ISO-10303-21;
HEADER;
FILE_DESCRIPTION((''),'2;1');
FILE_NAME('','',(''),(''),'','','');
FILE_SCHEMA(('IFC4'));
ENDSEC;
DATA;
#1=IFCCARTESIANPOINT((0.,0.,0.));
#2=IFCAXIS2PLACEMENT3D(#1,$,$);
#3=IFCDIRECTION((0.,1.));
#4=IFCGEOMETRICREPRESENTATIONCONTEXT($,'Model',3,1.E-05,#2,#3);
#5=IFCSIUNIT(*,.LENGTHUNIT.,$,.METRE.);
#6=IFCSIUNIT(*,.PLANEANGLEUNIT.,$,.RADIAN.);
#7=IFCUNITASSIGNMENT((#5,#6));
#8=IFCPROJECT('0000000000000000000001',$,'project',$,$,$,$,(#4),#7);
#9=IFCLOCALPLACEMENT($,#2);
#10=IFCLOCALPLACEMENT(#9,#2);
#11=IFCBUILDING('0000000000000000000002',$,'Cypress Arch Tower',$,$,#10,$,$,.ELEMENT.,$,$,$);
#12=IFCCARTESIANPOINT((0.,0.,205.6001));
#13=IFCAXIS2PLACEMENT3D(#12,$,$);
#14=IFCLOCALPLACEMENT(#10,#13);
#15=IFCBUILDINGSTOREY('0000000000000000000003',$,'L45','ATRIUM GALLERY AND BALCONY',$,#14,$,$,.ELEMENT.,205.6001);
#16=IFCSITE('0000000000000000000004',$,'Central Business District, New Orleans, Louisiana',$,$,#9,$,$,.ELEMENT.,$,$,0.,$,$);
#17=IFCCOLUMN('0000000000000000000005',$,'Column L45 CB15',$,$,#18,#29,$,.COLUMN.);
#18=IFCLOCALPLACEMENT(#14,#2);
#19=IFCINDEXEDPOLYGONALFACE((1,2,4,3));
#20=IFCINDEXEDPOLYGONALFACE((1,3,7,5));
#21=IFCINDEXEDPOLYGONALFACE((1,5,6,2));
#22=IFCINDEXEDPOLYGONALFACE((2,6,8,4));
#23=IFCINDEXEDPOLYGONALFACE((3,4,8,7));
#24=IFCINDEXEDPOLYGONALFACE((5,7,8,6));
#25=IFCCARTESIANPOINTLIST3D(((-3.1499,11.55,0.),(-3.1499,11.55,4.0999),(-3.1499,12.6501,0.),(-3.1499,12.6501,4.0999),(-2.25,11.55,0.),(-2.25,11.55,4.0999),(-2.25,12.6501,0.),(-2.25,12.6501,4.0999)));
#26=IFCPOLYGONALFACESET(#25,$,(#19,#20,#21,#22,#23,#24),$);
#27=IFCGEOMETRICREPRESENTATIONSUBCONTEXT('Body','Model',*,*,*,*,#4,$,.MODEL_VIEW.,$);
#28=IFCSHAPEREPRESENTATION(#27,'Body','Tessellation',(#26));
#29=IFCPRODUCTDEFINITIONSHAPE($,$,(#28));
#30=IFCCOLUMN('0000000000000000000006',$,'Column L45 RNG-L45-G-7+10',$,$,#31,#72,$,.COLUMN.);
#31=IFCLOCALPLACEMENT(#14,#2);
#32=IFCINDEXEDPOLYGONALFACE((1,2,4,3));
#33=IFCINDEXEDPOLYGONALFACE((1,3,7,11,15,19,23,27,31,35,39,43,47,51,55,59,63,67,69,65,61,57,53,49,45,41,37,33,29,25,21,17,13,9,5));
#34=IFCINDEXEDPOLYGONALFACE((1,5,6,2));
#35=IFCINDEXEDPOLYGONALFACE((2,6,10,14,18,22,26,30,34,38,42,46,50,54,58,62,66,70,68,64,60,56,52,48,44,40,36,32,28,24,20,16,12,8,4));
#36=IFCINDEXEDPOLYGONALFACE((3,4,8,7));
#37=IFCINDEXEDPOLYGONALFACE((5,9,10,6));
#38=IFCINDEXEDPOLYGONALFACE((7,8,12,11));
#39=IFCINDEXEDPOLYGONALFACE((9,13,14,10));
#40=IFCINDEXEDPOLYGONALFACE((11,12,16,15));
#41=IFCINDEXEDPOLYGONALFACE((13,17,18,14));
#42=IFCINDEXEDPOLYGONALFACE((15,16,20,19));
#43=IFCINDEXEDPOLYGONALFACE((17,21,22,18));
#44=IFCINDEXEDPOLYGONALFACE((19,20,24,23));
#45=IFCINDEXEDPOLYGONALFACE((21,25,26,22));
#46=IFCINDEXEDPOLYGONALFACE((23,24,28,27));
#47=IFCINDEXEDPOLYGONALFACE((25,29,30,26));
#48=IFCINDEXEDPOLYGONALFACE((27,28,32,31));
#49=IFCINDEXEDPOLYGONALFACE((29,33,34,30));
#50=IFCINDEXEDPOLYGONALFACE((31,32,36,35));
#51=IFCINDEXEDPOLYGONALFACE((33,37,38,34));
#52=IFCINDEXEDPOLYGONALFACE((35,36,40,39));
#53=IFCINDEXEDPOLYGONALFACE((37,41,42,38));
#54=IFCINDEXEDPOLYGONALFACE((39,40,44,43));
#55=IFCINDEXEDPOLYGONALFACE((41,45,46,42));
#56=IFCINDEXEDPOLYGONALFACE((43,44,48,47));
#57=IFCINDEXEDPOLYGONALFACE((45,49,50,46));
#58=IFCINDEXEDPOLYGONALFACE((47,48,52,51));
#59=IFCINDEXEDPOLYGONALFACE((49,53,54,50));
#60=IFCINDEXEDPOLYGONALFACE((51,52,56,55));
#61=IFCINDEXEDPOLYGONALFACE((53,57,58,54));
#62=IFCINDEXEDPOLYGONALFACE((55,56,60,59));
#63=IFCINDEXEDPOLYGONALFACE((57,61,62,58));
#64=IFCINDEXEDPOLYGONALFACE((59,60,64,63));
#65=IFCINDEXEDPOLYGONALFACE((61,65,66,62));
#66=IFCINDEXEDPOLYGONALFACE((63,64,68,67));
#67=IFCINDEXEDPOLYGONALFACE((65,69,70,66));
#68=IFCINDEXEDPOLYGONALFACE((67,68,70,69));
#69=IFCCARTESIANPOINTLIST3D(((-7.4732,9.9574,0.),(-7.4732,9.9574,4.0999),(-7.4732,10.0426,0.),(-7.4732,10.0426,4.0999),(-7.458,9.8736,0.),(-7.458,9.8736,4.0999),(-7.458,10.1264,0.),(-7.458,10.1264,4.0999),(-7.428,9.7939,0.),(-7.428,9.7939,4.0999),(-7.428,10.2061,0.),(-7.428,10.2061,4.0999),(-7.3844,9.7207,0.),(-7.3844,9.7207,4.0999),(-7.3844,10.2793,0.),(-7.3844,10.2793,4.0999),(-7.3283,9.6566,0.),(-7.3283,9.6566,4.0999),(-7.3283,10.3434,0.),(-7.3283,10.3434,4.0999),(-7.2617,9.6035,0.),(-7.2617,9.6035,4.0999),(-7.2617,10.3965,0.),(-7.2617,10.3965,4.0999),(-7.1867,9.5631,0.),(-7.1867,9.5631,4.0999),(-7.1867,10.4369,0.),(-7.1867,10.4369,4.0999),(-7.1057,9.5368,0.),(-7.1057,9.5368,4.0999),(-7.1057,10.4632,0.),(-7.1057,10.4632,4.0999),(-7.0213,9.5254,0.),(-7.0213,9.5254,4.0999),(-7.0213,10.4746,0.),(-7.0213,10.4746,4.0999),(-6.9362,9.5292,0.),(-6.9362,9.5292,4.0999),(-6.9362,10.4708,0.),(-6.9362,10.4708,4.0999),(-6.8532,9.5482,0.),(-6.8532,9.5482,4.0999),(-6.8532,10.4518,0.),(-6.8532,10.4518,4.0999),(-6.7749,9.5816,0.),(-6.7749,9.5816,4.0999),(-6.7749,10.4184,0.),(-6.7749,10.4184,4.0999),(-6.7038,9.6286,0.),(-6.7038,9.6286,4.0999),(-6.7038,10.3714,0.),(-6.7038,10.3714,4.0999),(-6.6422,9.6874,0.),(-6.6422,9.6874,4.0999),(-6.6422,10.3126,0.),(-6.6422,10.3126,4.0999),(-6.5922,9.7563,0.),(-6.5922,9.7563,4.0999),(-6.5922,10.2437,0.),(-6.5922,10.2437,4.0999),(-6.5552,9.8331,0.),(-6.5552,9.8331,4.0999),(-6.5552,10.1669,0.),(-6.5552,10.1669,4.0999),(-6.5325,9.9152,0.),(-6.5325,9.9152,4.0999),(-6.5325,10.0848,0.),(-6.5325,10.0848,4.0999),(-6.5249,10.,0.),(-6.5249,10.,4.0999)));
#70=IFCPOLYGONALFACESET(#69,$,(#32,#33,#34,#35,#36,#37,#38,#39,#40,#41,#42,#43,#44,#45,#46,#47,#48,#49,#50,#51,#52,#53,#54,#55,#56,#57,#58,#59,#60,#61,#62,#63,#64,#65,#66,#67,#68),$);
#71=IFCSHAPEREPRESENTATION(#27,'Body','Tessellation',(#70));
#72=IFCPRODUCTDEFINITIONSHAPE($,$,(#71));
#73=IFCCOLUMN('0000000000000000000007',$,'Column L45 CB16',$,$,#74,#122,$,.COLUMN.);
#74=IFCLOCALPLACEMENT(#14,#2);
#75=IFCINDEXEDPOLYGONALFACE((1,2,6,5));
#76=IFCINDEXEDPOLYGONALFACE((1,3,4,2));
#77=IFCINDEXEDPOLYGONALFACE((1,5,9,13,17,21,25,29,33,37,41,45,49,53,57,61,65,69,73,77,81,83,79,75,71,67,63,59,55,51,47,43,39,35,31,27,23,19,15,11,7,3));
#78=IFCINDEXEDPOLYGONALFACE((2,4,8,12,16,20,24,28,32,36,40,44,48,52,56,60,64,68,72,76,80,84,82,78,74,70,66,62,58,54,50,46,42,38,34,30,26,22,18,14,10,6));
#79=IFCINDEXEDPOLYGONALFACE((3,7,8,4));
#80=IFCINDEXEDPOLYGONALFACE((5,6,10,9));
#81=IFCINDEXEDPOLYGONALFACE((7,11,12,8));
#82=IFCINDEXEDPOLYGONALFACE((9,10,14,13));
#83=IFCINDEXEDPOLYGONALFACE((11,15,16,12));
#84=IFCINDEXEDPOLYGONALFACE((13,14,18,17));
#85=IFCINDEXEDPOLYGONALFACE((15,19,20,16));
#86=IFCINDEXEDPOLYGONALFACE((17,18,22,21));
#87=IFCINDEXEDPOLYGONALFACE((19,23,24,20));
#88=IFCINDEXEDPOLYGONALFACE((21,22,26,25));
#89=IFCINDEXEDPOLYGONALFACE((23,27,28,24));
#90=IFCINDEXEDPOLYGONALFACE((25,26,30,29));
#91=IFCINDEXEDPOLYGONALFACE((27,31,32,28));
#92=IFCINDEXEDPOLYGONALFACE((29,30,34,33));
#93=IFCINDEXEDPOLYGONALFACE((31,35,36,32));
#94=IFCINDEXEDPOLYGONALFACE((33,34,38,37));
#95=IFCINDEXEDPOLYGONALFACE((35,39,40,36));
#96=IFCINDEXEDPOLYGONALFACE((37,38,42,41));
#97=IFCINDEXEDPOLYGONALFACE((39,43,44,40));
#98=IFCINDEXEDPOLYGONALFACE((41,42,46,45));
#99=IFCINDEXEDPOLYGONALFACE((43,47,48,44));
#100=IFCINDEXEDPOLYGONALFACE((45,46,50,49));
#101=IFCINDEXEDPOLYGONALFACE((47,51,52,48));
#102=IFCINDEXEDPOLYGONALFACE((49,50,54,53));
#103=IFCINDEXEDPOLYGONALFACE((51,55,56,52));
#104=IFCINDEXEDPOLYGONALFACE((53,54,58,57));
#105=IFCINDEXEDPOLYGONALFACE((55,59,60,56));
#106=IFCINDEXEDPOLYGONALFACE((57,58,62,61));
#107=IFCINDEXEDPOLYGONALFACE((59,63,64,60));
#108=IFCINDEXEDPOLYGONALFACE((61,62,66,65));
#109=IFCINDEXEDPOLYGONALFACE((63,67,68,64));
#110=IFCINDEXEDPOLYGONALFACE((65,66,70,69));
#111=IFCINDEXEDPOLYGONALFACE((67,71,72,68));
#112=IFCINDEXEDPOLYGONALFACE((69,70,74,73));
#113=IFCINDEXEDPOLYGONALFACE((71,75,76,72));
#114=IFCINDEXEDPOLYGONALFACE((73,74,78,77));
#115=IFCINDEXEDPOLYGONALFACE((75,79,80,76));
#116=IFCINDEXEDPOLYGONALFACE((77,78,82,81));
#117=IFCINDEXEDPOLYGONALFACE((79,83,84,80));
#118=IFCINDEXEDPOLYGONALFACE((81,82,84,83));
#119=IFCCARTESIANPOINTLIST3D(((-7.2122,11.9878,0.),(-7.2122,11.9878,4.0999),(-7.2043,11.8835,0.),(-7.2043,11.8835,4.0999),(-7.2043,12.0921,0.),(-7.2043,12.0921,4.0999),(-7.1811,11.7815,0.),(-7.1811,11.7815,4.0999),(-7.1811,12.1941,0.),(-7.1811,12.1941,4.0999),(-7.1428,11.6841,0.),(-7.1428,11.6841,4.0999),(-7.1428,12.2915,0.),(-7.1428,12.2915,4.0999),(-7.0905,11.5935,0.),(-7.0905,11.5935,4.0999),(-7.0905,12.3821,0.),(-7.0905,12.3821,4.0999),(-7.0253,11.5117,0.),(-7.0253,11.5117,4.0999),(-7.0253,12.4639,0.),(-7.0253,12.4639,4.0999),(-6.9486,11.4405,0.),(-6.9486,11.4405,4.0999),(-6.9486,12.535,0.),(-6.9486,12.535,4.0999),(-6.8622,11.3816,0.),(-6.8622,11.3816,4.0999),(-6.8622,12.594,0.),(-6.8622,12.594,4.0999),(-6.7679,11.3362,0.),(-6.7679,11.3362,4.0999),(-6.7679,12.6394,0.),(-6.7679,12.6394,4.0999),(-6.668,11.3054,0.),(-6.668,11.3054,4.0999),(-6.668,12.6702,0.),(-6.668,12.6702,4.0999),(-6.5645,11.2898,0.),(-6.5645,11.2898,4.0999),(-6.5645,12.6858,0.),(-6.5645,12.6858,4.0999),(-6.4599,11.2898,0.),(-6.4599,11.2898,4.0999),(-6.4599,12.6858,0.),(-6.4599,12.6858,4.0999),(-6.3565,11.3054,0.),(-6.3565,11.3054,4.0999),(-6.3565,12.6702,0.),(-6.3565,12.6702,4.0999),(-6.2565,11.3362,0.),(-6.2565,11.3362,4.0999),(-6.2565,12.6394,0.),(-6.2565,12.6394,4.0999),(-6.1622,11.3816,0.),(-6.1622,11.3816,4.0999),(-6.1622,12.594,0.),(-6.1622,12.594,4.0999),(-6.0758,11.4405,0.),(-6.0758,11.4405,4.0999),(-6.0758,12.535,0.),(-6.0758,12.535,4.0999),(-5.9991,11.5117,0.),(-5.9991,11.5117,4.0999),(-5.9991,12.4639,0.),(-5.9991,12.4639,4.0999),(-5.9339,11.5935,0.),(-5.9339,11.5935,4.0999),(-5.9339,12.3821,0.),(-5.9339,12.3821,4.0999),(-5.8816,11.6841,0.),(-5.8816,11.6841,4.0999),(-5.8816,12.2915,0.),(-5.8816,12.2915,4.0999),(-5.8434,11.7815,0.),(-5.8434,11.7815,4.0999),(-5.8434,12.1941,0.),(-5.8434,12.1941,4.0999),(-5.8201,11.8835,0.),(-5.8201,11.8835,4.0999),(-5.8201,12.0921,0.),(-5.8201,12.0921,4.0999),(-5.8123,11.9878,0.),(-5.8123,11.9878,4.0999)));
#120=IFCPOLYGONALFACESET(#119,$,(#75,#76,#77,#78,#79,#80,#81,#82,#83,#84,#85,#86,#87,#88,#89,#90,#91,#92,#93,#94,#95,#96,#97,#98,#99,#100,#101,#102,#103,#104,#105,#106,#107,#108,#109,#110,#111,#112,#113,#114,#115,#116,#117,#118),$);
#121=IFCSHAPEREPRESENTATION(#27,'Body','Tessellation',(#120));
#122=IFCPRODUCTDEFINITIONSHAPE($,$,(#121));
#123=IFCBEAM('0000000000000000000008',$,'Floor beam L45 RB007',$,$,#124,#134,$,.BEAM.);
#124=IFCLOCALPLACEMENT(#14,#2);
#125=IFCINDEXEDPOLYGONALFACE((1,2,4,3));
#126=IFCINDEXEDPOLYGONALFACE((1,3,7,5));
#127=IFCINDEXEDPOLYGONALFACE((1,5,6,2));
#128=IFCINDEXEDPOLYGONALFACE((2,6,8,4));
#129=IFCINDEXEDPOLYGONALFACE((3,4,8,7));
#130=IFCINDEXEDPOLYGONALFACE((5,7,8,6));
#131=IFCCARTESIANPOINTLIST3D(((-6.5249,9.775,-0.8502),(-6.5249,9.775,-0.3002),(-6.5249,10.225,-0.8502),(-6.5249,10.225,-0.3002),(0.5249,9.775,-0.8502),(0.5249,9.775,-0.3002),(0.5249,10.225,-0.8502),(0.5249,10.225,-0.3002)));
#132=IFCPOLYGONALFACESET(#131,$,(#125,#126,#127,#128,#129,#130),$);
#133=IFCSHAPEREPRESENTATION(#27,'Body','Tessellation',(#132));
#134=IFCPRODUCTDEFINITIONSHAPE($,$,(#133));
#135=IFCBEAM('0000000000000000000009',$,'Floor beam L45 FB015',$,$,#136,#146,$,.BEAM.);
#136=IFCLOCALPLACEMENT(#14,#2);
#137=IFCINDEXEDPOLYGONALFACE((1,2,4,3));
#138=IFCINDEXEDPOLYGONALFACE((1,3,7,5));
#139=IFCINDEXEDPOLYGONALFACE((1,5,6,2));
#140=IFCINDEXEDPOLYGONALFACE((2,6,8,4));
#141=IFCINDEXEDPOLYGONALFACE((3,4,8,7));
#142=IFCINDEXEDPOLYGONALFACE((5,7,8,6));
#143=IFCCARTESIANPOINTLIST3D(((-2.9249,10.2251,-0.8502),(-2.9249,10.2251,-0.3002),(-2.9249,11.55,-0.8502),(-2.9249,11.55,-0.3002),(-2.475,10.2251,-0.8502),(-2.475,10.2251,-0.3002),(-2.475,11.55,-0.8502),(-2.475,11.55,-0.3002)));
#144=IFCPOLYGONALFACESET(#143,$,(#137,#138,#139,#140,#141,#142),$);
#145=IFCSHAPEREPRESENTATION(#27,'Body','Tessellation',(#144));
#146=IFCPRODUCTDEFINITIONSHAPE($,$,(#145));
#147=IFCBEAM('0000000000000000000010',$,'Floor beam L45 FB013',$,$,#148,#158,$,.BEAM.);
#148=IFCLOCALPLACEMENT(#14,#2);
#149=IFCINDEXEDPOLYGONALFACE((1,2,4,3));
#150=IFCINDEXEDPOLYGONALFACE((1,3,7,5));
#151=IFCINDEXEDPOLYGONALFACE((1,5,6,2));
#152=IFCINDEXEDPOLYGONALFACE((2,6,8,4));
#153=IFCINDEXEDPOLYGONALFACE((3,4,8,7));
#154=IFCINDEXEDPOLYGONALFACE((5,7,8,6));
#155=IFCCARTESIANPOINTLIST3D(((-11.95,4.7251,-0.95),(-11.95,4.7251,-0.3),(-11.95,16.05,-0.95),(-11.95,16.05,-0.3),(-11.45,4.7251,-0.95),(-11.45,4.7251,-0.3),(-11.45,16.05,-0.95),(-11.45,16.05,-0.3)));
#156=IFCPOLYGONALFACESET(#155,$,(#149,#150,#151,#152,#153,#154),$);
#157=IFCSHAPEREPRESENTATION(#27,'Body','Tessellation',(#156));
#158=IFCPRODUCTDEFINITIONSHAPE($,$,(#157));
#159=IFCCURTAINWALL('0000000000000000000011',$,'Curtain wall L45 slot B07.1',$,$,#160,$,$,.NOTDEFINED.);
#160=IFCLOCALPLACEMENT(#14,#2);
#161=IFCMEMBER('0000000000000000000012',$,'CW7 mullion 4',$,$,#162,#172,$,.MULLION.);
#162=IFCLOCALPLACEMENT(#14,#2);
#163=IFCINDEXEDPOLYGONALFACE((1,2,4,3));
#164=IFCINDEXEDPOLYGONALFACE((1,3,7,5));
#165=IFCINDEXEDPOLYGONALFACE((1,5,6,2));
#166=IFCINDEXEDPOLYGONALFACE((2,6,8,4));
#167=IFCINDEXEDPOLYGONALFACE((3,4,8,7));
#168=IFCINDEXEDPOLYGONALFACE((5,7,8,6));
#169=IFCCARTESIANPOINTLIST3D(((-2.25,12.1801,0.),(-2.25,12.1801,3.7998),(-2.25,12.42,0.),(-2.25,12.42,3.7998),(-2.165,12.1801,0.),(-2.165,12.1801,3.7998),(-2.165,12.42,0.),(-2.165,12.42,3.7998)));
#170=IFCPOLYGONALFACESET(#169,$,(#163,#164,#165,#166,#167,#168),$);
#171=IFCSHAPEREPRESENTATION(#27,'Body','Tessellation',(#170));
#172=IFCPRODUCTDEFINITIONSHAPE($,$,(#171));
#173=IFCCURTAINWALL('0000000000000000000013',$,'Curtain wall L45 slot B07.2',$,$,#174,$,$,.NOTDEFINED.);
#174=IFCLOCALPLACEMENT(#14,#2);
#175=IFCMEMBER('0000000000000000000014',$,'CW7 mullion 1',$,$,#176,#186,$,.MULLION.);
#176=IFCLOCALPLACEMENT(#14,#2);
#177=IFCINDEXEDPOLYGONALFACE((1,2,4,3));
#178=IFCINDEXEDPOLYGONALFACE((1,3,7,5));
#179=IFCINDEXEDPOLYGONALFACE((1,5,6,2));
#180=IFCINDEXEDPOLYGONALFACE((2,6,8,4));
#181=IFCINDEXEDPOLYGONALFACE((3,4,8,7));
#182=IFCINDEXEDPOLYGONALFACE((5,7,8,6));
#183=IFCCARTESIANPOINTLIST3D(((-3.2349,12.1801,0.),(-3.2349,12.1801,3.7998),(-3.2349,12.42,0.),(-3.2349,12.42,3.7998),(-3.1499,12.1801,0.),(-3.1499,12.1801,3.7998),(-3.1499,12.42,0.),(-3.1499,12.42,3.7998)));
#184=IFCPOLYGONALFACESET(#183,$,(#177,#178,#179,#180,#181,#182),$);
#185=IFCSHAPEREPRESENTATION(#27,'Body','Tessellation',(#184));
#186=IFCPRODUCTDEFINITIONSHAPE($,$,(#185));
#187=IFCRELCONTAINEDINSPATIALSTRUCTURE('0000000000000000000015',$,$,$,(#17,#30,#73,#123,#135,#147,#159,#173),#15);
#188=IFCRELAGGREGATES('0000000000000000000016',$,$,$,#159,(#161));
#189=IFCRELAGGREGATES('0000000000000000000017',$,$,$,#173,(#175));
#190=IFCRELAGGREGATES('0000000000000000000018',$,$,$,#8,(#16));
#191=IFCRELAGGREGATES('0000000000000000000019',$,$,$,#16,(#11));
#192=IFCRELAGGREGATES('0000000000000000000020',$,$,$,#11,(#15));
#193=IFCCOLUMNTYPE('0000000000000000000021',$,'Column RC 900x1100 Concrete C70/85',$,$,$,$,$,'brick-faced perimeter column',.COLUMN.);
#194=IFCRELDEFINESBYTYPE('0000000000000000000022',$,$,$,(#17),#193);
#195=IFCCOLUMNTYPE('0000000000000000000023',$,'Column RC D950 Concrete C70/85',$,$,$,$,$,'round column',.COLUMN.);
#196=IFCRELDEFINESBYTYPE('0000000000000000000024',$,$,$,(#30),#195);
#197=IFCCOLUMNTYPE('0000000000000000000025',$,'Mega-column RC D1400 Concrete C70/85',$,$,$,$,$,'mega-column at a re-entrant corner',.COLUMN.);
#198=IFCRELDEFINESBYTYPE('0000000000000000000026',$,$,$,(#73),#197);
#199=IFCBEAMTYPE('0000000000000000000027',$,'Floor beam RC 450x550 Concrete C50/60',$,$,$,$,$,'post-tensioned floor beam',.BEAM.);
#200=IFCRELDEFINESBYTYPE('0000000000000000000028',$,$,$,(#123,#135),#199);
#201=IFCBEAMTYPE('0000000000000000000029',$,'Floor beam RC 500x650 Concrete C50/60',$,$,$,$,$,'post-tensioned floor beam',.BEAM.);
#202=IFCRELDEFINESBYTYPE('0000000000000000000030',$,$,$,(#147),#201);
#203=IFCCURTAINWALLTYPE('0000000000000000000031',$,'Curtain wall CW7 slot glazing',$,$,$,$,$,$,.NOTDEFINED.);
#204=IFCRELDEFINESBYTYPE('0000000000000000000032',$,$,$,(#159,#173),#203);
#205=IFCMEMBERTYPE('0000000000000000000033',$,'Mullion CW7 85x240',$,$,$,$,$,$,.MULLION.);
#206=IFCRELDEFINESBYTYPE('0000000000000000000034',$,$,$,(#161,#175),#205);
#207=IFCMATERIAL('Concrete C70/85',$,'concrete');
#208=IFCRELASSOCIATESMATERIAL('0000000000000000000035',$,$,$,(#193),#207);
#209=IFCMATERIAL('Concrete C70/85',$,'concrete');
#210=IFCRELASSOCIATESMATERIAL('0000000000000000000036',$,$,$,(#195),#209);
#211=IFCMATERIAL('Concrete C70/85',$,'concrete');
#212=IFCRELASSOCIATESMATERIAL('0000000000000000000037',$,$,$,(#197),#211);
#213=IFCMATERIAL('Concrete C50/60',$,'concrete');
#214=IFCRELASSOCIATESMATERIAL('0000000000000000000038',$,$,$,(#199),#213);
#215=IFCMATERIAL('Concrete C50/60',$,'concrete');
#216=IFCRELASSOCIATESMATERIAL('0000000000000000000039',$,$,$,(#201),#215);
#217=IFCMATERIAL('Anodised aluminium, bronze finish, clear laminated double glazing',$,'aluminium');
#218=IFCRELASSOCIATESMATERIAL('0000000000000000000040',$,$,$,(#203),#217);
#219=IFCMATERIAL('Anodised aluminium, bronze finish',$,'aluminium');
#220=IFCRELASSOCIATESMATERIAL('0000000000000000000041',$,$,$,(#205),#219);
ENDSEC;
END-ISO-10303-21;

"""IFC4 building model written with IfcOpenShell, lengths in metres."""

from ifc_helpers import new_model, si_unit, direction, frame, origin, origin_2d, place, context, subcontext, project, spatial, rectangle, circle, extrude, material, material_profile, profile_set, type_object, element, aggregate, save


model = new_model("IFC4")

# Units and contexts
model_context = context("Model", 3, precision=1e-05, world=origin(), true_north=direction((0.0, 1.0)))
body_context = subcontext(model_context, "Body", "Model", "MODEL_VIEW")
ifc_project = project(units=[si_unit("LENGTHUNIT", "METRE"), si_unit("PLANEANGLEUNIT", "RADIAN")], contexts=[model_context])

# Site, building, storey
site_placement = place(None, origin())
site = spatial("IfcSite", under=ifc_project, at=site_placement, Name="Central Business District, New Orleans, Louisiana", CompositionType="ELEMENT", RefElevation=0.0)
building_placement = place(site_placement, origin())
building = spatial("IfcBuilding", under=site, at=building_placement, Name="Cypress Arch Tower", CompositionType="ELEMENT")
storey_placement = place(building_placement, frame((0.0, 0.0, 205.6001)))
storey = spatial("IfcBuildingStorey", under=building, at=storey_placement, Name="L45", Description="ATRIUM GALLERY AND BALCONY", CompositionType="ELEMENT", Elevation=205.6001)

# Columns
ifc_material_1 = material(Name="Concrete C70/85", Category="concrete")
ifc_material_profile_1 = material_profile(ifc_material_1, rectangle(XDim=0.8999, YDim=1.1001, at=origin_2d()), Name="RC 900x1100")
ifc_profile_set_1 = profile_set([ifc_material_profile_1], Name="Concrete C70/85")
column_type_1 = type_object("IfcColumnType", Name="Column RC 900x1100 Concrete C70/85", ElementType="brick-faced perimeter column", PredefinedType="COLUMN", material=ifc_profile_set_1)
column_1_placement = place(storey_placement, frame((-2.7, 12.1001, 0.0), z_axis=(0.0, 0.0, 1.0), x_axis=(-1.0, 0.0, 0.0)))
element("IfcColumn", 1, at=column_1_placement, inside=storey, type_object=column_type_1, Name="Column L45 CB15", PredefinedType="COLUMN", context=body_context, shape_type="SweptSolid", body=[
    extrude(rectangle(XDim=0.8999, YDim=1.1001, at=origin_2d()), origin(), (0.0, 0.0, 1.0), 4.0999),
])
ifc_material_2 = material(Name="Concrete C70/85", Category="concrete")
ifc_material_profile_2 = material_profile(ifc_material_2, circle(Radius=0.4751, at=origin_2d()), Name="RC D950")
ifc_profile_set_2 = profile_set([ifc_material_profile_2], Name="Concrete C70/85")
column_type_2 = type_object("IfcColumnType", Name="Column RC D950 Concrete C70/85", ElementType="round column", PredefinedType="COLUMN", material=ifc_profile_set_2)
column_2_placement = place(storey_placement, frame((-7.0, 10.0, 0.0), z_axis=(0.0, 0.0, 1.0), x_axis=(1.0, 0.0, 0.0)))
element("IfcColumn", 2, at=column_2_placement, inside=storey, type_object=column_type_2, Name="Column L45 RNG-L45-G-7+10", PredefinedType="COLUMN", context=body_context, shape_type="SweptSolid", body=[
    extrude(circle(Radius=0.4751, at=origin_2d()), origin(), (0.0, 0.0, 1.0), 4.0999),
])
ifc_material_3 = material(Name="Concrete C70/85", Category="concrete")
ifc_material_profile_3 = material_profile(ifc_material_3, circle(Radius=0.7, at=origin_2d()), Name="RC D1400")
ifc_profile_set_3 = profile_set([ifc_material_profile_3], Name="Concrete C70/85")
column_type_3 = type_object("IfcColumnType", Name="Mega-column RC D1400 Concrete C70/85", ElementType="mega-column at a re-entrant corner", PredefinedType="COLUMN", material=ifc_profile_set_3)
column_3_placement = place(storey_placement, frame((-6.5122, 11.9878, 0.0), z_axis=(0.0, 0.0, 1.0), x_axis=(1.0, 0.0, 0.0)))
element("IfcColumn", 3, at=column_3_placement, inside=storey, type_object=column_type_3, Name="Column L45 CB16", PredefinedType="COLUMN", context=body_context, shape_type="SweptSolid", body=[
    extrude(circle(Radius=0.7, at=origin_2d()), origin(), (0.0, 0.0, 1.0), 4.0999),
])

# Beams
ifc_material_4 = material(Name="Concrete C50/60", Category="concrete")
ifc_material_profile_4 = material_profile(ifc_material_4, rectangle(XDim=0.45, YDim=0.55, at=origin_2d()), Name="RC 450x550")
ifc_profile_set_4 = profile_set([ifc_material_profile_4], Name="Concrete C50/60")
beam_type_1 = type_object("IfcBeamType", Name="Floor beam RC 450x550 Concrete C50/60", ElementType="post-tensioned floor beam", PredefinedType="BEAM", material=ifc_profile_set_4)
beam_1_placement = place(storey_placement, frame((-6.5249, 10.0, -0.5752), z_axis=(1.0, 0.0, 0.0), x_axis=(0.0, 1.0, 0.0)))
element("IfcBeam", 4, at=beam_1_placement, inside=storey, type_object=beam_type_1, Name="Floor beam L45 RB007", PredefinedType="BEAM", context=body_context, shape_type="SweptSolid", body=[
    extrude(rectangle(XDim=0.45, YDim=0.55, at=origin_2d()), origin(), (0.0, 0.0, 1.0), 7.0498),
])
beam_2_placement = place(storey_placement, frame((-2.7, 10.2251, -0.5752), z_axis=(0.0, 1.0, 0.0), x_axis=(-1.0, 0.0, 0.0)))
element("IfcBeam", 5, at=beam_2_placement, inside=storey, type_object=beam_type_1, Name="Floor beam L45 FB015", PredefinedType="BEAM", context=body_context, shape_type="SweptSolid", body=[
    extrude(rectangle(XDim=0.45, YDim=0.55, at=origin_2d()), origin(), (0.0, 0.0, 1.0), 1.325),
])
ifc_material_5 = material(Name="Concrete C50/60", Category="concrete")
ifc_material_profile_5 = material_profile(ifc_material_5, rectangle(XDim=0.5, YDim=0.6499, at=origin_2d()), Name="RC 500x650")
ifc_profile_set_5 = profile_set([ifc_material_profile_5], Name="Concrete C50/60")
beam_type_2 = type_object("IfcBeamType", Name="Floor beam RC 500x650 Concrete C50/60", ElementType="post-tensioned floor beam", PredefinedType="BEAM", material=ifc_profile_set_5)
beam_3_placement = place(storey_placement, frame((-11.7, 4.7251, -0.625), z_axis=(0.0, 1.0, 0.0), x_axis=(-1.0, 0.0, 0.0)))
element("IfcBeam", 6, at=beam_3_placement, inside=storey, type_object=beam_type_2, Name="Floor beam L45 FB013", PredefinedType="BEAM", context=body_context, shape_type="SweptSolid", body=[
    extrude(rectangle(XDim=0.5, YDim=0.6499, at=origin_2d()), origin(), (0.0, 0.0, 1.0), 11.325),
])

# Curtain wall, member
ifc_material_6 = material(Name="Anodised aluminium, bronze finish, clear laminated double glazing", Category="aluminium")
curtain_wall_type = type_object("IfcCurtainWallType", Name="Curtain wall CW7 slot glazing", PredefinedType="NOTDEFINED", material=ifc_material_6)
curtain_wall_1_placement = place(storey_placement, origin())
curtain_wall_1 = element("IfcCurtainWall", 7, at=curtain_wall_1_placement, inside=storey, type_object=curtain_wall_type, Name="Curtain wall L45 slot B07.1", PredefinedType="NOTDEFINED")
ifc_material_7 = material(Name="Anodised aluminium, bronze finish", Category="aluminium")
ifc_material_profile_6 = material_profile(ifc_material_7, rectangle(XDim=0.24, YDim=0.085, at=origin_2d()), Name="Mullion 85x240")
ifc_profile_set_6 = profile_set([ifc_material_profile_6], Name="Anodised aluminium, bronze finish")
member_type_1 = type_object("IfcMemberType", Name="Mullion CW7 85x240", PredefinedType="MULLION", material=ifc_profile_set_6)
member_1_placement = place(storey_placement, frame((-2.2075, 12.3, 0.0), z_axis=(0.0, 0.0, 1.0), x_axis=(0.0, -1.0, 0.0)))
member_1 = element("IfcMember", 8, at=member_1_placement, type_object=member_type_1, Name="CW7 mullion 4", PredefinedType="MULLION", context=body_context, shape_type="SweptSolid", body=[
    extrude(rectangle(XDim=0.24, YDim=0.085, at=origin_2d()), origin(), (0.0, 0.0, 1.0), 3.7998),
])

# Curtain wall, member
curtain_wall_2_placement = place(storey_placement, origin())
curtain_wall_2 = element("IfcCurtainWall", 9, at=curtain_wall_2_placement, inside=storey, type_object=curtain_wall_type, Name="Curtain wall L45 slot B07.2", PredefinedType="NOTDEFINED")
member_2_placement = place(storey_placement, frame((-3.1924, 12.3, 0.0), z_axis=(0.0, 0.0, 1.0), x_axis=(0.0, -1.0, 0.0)))
member_2 = element("IfcMember", 10, at=member_2_placement, type_object=member_type_1, Name="CW7 mullion 1", PredefinedType="MULLION", context=body_context, shape_type="SweptSolid", body=[
    extrude(rectangle(XDim=0.24, YDim=0.085, at=origin_2d()), origin(), (0.0, 0.0, 1.0), 3.7998),
])

aggregate(curtain_wall_1, [member_1])
aggregate(curtain_wall_2, [member_2])

save(model, "model.ifc")
